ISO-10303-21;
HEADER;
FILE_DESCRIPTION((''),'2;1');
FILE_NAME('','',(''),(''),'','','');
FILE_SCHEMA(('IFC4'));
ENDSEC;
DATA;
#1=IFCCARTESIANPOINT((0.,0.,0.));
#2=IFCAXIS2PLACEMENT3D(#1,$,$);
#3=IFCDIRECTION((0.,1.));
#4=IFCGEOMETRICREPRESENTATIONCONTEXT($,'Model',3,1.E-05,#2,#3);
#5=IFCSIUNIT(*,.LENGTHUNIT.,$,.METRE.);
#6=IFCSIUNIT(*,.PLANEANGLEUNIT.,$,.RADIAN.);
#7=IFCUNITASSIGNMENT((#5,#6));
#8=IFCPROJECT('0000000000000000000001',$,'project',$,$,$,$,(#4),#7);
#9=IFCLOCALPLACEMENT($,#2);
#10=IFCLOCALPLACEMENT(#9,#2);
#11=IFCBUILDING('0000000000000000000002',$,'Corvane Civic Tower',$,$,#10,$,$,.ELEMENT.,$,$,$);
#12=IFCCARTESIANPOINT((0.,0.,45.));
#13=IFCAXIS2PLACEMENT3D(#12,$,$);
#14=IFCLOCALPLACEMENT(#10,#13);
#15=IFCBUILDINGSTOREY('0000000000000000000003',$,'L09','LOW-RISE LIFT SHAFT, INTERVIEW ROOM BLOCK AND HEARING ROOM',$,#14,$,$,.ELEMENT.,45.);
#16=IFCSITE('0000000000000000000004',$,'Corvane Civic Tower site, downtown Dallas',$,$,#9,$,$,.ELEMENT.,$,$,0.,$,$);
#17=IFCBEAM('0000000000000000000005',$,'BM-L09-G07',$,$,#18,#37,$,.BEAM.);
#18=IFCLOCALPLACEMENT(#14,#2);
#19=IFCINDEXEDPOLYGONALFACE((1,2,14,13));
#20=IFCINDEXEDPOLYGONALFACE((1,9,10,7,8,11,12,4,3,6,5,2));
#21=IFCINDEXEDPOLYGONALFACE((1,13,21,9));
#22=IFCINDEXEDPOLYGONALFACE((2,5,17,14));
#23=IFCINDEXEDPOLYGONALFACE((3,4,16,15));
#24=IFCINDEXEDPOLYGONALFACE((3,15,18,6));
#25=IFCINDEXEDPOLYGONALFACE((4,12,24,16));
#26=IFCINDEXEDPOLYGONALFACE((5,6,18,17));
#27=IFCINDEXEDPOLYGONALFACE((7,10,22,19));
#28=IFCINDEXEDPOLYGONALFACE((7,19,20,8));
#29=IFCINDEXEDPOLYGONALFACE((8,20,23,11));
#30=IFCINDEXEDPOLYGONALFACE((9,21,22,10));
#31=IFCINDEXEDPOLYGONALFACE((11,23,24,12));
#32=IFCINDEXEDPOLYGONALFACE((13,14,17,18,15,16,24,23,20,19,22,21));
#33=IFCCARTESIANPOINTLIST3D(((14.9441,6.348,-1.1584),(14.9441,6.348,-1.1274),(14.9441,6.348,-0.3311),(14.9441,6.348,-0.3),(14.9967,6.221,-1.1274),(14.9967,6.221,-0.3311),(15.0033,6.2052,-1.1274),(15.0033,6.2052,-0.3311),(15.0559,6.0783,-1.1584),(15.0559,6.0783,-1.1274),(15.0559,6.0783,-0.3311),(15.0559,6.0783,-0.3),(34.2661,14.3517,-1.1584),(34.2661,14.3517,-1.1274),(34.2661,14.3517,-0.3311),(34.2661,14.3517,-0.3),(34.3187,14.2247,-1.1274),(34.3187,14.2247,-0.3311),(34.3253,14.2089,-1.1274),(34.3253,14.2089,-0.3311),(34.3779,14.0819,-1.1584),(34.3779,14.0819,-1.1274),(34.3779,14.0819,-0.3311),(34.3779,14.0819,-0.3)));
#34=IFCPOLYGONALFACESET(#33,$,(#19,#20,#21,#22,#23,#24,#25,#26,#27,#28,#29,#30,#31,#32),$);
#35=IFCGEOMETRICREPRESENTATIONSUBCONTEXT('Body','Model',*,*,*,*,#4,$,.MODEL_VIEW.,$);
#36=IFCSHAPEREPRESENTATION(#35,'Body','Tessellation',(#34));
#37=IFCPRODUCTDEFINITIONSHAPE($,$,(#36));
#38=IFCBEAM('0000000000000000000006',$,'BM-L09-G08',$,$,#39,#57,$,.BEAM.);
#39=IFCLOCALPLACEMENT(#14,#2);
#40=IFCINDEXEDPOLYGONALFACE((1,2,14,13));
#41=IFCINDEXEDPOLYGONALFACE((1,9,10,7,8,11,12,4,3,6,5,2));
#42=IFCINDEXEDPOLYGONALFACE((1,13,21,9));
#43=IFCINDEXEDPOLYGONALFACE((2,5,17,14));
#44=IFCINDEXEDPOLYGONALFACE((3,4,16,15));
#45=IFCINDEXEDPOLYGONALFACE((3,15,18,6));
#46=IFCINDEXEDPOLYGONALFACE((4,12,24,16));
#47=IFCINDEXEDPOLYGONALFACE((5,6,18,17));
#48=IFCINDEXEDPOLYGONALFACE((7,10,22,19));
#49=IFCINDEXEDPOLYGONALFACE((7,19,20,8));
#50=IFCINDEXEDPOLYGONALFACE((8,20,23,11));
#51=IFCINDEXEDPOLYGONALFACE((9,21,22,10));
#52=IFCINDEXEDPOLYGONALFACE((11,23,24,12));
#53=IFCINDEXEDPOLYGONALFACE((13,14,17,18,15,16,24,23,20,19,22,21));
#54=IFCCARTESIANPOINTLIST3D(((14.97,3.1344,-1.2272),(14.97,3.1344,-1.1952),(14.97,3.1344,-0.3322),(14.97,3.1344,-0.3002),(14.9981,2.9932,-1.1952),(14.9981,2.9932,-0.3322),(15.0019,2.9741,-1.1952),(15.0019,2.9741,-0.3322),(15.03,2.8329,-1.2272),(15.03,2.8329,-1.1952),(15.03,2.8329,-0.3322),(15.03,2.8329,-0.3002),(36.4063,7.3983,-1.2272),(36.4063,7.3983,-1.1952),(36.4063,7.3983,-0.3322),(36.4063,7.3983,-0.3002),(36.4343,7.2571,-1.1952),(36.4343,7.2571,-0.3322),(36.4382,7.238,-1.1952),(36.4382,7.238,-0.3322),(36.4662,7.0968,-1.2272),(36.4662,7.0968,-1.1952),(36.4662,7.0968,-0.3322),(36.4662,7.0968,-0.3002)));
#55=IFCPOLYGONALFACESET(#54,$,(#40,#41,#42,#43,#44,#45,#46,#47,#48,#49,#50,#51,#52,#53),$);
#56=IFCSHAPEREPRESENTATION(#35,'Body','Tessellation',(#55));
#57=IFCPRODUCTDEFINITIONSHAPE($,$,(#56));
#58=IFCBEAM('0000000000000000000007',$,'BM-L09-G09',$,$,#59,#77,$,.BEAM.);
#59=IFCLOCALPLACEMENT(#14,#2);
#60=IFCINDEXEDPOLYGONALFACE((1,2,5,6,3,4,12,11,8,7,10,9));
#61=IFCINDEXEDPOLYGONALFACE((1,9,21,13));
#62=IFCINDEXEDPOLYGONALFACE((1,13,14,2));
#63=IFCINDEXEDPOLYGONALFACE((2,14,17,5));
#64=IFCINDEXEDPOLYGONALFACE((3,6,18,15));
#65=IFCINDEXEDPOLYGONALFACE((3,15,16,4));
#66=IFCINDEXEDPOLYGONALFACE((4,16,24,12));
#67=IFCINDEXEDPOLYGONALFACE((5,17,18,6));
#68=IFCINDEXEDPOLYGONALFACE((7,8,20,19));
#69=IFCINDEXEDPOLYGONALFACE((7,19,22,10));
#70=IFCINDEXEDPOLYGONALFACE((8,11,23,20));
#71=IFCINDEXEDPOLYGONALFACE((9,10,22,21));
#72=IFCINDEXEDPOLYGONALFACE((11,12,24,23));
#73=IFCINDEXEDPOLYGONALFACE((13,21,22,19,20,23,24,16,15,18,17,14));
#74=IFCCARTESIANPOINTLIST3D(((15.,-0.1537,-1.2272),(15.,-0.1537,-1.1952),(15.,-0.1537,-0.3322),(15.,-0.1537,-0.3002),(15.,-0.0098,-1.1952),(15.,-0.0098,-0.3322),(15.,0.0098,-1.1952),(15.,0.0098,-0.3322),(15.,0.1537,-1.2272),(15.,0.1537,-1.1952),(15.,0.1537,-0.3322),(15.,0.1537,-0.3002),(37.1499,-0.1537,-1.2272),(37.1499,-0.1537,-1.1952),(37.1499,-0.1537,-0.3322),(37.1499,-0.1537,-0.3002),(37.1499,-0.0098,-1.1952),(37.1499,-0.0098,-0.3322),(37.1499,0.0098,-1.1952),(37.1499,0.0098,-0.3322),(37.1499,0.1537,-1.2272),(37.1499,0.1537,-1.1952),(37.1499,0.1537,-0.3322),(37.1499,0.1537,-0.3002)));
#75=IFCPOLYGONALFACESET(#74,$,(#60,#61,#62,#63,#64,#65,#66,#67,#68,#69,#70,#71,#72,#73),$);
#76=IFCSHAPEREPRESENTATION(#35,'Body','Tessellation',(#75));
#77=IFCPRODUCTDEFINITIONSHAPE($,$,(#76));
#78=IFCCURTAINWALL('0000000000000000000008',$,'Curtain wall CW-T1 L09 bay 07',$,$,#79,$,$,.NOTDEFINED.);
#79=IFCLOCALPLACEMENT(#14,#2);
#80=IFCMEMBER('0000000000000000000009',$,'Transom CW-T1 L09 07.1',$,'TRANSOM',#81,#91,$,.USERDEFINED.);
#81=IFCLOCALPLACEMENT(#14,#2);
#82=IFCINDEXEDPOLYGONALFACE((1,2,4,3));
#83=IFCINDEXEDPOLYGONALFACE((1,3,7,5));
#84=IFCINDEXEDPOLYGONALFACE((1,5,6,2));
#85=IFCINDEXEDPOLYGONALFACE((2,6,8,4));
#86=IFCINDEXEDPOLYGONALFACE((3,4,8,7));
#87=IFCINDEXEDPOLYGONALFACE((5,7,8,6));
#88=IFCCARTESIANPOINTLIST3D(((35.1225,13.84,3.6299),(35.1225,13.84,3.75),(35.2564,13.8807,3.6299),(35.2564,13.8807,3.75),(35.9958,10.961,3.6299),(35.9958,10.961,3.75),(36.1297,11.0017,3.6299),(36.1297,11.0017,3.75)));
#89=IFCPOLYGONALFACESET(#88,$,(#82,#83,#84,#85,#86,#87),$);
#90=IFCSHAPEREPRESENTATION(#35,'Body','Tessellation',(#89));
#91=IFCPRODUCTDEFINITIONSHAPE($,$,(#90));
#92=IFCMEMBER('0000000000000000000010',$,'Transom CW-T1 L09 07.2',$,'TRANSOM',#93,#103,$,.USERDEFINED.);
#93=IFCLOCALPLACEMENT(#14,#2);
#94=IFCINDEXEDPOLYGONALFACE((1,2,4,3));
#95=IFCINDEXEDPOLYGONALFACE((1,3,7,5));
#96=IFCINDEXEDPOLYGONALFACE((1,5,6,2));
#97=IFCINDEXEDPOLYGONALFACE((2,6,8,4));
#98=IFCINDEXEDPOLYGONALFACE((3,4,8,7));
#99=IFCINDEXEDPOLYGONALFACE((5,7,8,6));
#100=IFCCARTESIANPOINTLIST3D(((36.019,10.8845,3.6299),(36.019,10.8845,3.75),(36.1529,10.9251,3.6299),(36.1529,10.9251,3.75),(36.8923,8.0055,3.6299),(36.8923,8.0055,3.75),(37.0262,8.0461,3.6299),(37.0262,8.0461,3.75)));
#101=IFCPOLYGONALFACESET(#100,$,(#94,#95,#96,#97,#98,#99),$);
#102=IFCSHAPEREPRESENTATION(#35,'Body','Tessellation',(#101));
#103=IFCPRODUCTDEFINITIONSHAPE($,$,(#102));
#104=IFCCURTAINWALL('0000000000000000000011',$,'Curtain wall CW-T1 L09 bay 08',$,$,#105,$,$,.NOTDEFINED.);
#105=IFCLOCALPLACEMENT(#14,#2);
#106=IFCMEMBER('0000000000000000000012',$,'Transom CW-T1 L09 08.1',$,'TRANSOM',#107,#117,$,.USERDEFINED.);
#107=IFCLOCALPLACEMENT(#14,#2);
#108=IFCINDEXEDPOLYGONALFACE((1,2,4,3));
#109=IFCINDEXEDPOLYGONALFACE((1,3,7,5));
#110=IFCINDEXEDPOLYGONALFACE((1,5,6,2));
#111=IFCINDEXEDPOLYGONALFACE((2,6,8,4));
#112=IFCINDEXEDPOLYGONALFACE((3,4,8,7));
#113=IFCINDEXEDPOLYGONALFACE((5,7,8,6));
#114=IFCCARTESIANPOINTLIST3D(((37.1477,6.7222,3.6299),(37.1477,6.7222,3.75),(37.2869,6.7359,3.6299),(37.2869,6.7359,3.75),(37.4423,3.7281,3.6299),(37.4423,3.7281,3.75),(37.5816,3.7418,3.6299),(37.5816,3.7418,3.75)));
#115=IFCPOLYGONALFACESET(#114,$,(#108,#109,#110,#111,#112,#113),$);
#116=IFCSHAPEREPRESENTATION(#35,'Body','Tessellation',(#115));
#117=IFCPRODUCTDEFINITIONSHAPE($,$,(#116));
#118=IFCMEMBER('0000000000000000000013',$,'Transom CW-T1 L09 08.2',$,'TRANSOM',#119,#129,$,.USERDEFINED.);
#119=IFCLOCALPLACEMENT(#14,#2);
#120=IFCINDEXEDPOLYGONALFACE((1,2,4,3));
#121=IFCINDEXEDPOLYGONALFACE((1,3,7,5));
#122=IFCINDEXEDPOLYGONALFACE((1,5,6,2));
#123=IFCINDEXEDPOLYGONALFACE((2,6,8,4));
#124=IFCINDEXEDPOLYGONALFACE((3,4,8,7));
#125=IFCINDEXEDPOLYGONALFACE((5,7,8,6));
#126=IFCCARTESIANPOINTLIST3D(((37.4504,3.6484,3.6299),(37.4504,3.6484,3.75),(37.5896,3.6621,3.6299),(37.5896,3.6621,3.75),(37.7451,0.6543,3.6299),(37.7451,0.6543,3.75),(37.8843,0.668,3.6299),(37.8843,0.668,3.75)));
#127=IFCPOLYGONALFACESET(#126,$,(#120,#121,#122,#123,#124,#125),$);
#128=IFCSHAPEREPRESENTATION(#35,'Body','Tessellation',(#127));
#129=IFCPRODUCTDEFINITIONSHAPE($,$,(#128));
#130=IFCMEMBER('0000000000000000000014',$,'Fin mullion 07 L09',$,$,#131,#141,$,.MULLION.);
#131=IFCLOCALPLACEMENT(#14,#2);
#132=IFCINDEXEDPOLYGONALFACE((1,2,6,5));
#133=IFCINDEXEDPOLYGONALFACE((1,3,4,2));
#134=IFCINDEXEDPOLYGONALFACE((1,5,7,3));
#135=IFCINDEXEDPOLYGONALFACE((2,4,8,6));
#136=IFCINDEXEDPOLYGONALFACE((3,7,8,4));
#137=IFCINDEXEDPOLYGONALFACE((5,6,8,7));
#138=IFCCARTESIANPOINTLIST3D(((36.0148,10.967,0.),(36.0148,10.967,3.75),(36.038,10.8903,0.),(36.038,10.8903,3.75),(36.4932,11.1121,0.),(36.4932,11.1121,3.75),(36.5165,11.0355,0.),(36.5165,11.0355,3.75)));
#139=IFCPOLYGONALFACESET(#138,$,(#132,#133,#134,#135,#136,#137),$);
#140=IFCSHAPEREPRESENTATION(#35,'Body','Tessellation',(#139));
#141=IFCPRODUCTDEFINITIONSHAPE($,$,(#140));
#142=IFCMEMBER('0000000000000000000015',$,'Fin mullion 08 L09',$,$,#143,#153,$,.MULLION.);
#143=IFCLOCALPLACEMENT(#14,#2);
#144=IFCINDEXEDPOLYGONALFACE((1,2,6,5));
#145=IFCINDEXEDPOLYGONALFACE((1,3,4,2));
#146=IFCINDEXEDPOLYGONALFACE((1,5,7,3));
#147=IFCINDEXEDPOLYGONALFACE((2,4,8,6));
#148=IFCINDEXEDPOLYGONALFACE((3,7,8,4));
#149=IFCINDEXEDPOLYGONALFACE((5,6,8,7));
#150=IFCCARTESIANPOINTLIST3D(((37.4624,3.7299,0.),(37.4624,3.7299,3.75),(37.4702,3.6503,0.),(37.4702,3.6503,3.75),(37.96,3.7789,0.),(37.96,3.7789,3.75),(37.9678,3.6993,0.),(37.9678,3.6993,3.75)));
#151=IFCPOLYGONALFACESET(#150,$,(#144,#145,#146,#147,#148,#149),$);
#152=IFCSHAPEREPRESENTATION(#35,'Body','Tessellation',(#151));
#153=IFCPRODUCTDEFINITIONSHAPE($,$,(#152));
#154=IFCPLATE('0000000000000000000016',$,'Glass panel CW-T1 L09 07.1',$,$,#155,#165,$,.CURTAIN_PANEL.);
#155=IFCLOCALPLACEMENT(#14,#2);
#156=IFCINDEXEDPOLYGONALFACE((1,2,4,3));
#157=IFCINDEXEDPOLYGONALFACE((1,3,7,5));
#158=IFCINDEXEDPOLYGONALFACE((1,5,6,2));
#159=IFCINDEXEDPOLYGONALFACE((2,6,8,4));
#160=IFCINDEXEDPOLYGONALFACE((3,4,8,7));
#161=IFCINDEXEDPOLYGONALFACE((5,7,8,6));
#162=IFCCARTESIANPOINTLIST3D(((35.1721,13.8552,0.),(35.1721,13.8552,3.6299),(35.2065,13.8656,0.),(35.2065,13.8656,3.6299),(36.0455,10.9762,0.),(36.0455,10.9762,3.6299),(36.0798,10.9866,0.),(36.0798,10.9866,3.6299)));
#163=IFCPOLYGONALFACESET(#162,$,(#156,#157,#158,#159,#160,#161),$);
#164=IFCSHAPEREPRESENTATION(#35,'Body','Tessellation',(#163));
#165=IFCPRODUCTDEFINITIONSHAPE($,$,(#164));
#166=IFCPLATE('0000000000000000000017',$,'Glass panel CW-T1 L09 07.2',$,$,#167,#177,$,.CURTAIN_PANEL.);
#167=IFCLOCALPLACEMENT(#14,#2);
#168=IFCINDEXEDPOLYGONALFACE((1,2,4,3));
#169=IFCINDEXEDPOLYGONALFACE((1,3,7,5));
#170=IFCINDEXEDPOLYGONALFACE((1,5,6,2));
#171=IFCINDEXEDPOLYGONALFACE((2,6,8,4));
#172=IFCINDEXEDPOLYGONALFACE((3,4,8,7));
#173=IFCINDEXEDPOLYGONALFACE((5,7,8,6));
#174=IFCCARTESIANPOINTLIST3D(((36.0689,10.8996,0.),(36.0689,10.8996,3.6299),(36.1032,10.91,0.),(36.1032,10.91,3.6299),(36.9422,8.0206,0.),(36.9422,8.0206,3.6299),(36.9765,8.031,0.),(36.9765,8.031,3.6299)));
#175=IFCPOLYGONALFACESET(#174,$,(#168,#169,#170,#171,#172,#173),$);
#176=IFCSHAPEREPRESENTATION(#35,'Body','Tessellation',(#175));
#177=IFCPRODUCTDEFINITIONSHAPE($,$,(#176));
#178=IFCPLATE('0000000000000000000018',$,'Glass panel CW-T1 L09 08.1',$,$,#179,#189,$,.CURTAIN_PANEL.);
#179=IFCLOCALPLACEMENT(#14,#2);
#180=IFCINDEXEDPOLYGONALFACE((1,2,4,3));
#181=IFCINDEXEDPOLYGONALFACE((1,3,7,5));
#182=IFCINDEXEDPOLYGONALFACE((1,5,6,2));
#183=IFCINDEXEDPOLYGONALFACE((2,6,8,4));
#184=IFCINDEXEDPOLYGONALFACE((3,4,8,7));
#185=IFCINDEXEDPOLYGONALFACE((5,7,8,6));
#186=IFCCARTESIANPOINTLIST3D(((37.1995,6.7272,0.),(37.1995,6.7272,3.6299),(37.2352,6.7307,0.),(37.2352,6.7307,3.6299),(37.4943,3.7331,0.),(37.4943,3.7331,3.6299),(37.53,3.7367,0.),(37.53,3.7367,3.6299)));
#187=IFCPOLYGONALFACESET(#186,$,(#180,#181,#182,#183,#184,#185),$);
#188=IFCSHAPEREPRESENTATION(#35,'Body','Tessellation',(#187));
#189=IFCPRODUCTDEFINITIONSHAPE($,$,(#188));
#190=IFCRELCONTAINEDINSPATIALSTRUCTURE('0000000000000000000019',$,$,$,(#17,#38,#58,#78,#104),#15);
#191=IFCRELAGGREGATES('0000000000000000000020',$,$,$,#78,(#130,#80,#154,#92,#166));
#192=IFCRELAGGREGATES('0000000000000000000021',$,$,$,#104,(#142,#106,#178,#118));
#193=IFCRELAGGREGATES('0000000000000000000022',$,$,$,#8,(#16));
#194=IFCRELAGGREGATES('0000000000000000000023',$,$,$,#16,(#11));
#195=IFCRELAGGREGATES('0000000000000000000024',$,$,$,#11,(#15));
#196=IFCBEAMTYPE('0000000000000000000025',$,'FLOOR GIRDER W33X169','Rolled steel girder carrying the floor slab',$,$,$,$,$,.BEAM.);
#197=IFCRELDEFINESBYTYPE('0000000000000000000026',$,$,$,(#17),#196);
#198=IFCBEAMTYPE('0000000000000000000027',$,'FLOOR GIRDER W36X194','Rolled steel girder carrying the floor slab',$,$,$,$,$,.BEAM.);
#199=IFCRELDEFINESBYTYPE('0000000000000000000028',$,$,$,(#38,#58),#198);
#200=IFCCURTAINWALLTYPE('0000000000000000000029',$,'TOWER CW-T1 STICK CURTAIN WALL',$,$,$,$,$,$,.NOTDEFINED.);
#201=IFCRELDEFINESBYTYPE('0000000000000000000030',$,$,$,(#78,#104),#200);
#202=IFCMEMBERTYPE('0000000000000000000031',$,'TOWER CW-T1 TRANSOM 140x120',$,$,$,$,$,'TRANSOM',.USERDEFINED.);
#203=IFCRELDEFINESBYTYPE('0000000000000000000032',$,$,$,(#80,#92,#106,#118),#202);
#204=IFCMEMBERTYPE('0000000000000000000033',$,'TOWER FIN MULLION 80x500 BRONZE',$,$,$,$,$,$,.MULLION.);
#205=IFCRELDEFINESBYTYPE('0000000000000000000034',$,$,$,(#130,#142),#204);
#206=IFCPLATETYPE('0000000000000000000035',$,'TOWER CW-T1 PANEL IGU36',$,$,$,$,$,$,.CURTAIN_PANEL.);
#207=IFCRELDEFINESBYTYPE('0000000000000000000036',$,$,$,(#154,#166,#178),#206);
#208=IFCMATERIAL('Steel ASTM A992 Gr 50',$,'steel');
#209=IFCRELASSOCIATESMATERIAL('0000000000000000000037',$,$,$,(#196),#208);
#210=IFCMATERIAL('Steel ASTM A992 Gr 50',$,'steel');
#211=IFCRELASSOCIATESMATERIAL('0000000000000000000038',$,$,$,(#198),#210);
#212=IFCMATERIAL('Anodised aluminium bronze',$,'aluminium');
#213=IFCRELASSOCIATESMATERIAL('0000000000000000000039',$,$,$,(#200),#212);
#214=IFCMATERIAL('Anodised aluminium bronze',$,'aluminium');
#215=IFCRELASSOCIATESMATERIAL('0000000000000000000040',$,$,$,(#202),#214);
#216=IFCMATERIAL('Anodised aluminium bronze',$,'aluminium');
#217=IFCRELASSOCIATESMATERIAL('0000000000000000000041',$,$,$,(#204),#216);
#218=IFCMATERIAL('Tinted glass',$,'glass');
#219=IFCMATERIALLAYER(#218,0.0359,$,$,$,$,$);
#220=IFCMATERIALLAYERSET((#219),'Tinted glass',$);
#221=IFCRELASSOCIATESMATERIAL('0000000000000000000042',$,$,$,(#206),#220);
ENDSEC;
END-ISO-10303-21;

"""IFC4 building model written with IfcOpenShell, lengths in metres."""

from ifc_helpers import new_model, si_unit, direction, frame, origin, origin_2d, place, context, subcontext, project, spatial, rectangle, i_section, extrude, material, layer, layer_set, material_profile, profile_set, type_object, element, aggregate, save


model = new_model("IFC4")

# Units and contexts
model_context = context("Model", 3, precision=1e-05, world=origin(), true_north=direction((0.0, 1.0)))
body_context = subcontext(model_context, "Body", "Model", "MODEL_VIEW")
ifc_project = project(units=[si_unit("LENGTHUNIT", "METRE"), si_unit("PLANEANGLEUNIT", "RADIAN")], contexts=[model_context])

# Site, building, storey
site_placement = place(None, origin())
site = spatial("IfcSite", under=ifc_project, at=site_placement, Name="Corvane Civic Tower site, downtown Dallas", CompositionType="ELEMENT", RefElevation=0.0)
building_placement = place(site_placement, origin())
building = spatial("IfcBuilding", under=site, at=building_placement, Name="Corvane Civic Tower", CompositionType="ELEMENT")
storey_placement = place(building_placement, frame((0.0, 0.0, 45.0)))
storey = spatial("IfcBuildingStorey", under=building, at=storey_placement, Name="L09", Description="LOW-RISE LIFT SHAFT, INTERVIEW ROOM BLOCK AND HEARING ROOM", CompositionType="ELEMENT", Elevation=45.0)

# Beams
ifc_material_1 = material(Name="Steel ASTM A992 Gr 50", Category="steel")
ifc_material_profile_1 = material_profile(ifc_material_1, i_section(OverallWidth=0.292, OverallDepth=0.8584, WebThickness=0.0171, FlangeThickness=0.031, at=origin_2d()), Name="W33X169")
ifc_profile_set_1 = profile_set([ifc_material_profile_1], Name="Steel ASTM A992 Gr 50")
beam_type_1 = type_object("IfcBeamType", Name="FLOOR GIRDER W33X169", Description="Rolled steel girder carrying the floor slab", PredefinedType="BEAM", material=ifc_profile_set_1)
beam_1_placement = place(storey_placement, frame((15.0, 6.2131, -0.7292), z_axis=(0.923876, 0.382692, 0.0), x_axis=(-0.382692, 0.923876, 0.0)))
element("IfcBeam", 1, at=beam_1_placement, inside=storey, type_object=beam_type_1, Name="BM-L09-G07", PredefinedType="BEAM", context=body_context, shape_type="SweptSolid", body=[
    extrude(i_section(OverallWidth=0.292, OverallDepth=0.8584, WebThickness=0.0171, FlangeThickness=0.031, at=origin_2d()), origin(), (0.0, 0.0, 1.0), 20.9141),
])
ifc_material_2 = material(Name="Steel ASTM A992 Gr 50", Category="steel")
ifc_material_profile_2 = material_profile(ifc_material_2, i_section(OverallWidth=0.3074, OverallDepth=0.927, WebThickness=0.0195, FlangeThickness=0.032, at=origin_2d()), Name="W36X194")
ifc_profile_set_2 = profile_set([ifc_material_profile_2], Name="Steel ASTM A992 Gr 50")
beam_type_2 = type_object("IfcBeamType", Name="FLOOR GIRDER W36X194", Description="Rolled steel girder carrying the floor slab", PredefinedType="BEAM", material=ifc_profile_set_2)
beam_2_placement = place(storey_placement, frame((15.0, 2.9836, -0.7637), z_axis=(0.980785, 0.195089, 0.0), x_axis=(-0.195089, 0.980785, 0.0)))
element("IfcBeam", 2, at=beam_2_placement, inside=storey, type_object=beam_type_2, Name="BM-L09-G08", PredefinedType="BEAM", context=body_context, shape_type="SweptSolid", body=[
    extrude(i_section(OverallWidth=0.3074, OverallDepth=0.927, WebThickness=0.0195, FlangeThickness=0.032, at=origin_2d()), origin(), (0.0, 0.0, 1.0), 21.8562),
])
beam_3_placement = place(storey_placement, frame((15.0, 0.0, -0.7637), z_axis=(1.0, 0.0, 0.0), x_axis=(0.0, 1.0, 0.0)))
element("IfcBeam", 3, at=beam_3_placement, inside=storey, type_object=beam_type_2, Name="BM-L09-G09", PredefinedType="BEAM", context=body_context, shape_type="SweptSolid", body=[
    extrude(i_section(OverallWidth=0.3074, OverallDepth=0.927, WebThickness=0.0195, FlangeThickness=0.032, at=origin_2d()), origin(), (0.0, 0.0, 1.0), 22.1499),
])

# Curtain walls, members
ifc_material_3 = material(Name="Anodised aluminium bronze", Category="aluminium")
curtain_wall_type = type_object("IfcCurtainWallType", Name="TOWER CW-T1 STICK CURTAIN WALL", PredefinedType="NOTDEFINED", material=ifc_material_3)
curtain_wall_1_placement = place(storey_placement, origin())
curtain_wall_1 = element("IfcCurtainWall", 4, at=curtain_wall_1_placement, inside=storey, type_object=curtain_wall_type, Name="Curtain wall CW-T1 L09 bay 07", PredefinedType="NOTDEFINED")
ifc_material_4 = material(Name="Anodised aluminium bronze", Category="aluminium")
ifc_material_profile_3 = material_profile(ifc_material_4, rectangle(XDim=0.1399, YDim=0.1201, at=origin_2d()), Name="TOWER CW-T1 TRANSOM 140x120")
ifc_profile_set_3 = profile_set([ifc_material_profile_3], Name="Anodised aluminium bronze")
member_type_1 = type_object("IfcMemberType", Name="TOWER CW-T1 TRANSOM 140x120", ElementType="TRANSOM", PredefinedType="USERDEFINED", material=ifc_profile_set_3)
member_1_placement = place(storey_placement, frame((35.1895, 13.8604, 3.6899), z_axis=(0.29028, -0.956942, 0.0), x_axis=(0.956942, 0.29028, 0.0)))
member_1 = element("IfcMember", 5, at=member_1_placement, type_object=member_type_1, Name="Transom CW-T1 L09 07.1", ObjectType="TRANSOM", PredefinedType="USERDEFINED", context=body_context, shape_type="SweptSolid", body=[
    extrude(rectangle(XDim=0.1399, YDim=0.1201, at=origin_2d()), origin(), (0.0, 0.0, 1.0), 3.0085),
])
member_2_placement = place(storey_placement, frame((36.0859, 10.9048, 3.6899), z_axis=(0.29028, -0.956942, 0.0), x_axis=(0.956942, 0.29028, 0.0)))
member_2 = element("IfcMember", 6, at=member_2_placement, type_object=member_type_1, Name="Transom CW-T1 L09 07.2", ObjectType="TRANSOM", PredefinedType="USERDEFINED", context=body_context, shape_type="SweptSolid", body=[
    extrude(rectangle(XDim=0.1399, YDim=0.1201, at=origin_2d()), origin(), (0.0, 0.0, 1.0), 3.0085),
])
curtain_wall_2_placement = place(storey_placement, origin())
curtain_wall_2 = element("IfcCurtainWall", 7, at=curtain_wall_2_placement, inside=storey, type_object=curtain_wall_type, Name="Curtain wall CW-T1 L09 bay 08", PredefinedType="NOTDEFINED")
member_3_placement = place(storey_placement, frame((37.2173, 6.729, 3.6899), z_axis=(0.097945, -0.995192, 0.0), x_axis=(0.995192, 0.097945, 0.0)))
member_3 = element("IfcMember", 8, at=member_3_placement, type_object=member_type_1, Name="Transom CW-T1 L09 08.1", ObjectType="TRANSOM", PredefinedType="USERDEFINED", context=body_context, shape_type="SweptSolid", body=[
    extrude(rectangle(XDim=0.1399, YDim=0.1201, at=origin_2d()), origin(), (0.0, 0.0, 1.0), 3.0085),
])
member_4_placement = place(storey_placement, frame((37.52, 3.6553, 3.6899), z_axis=(0.097945, -0.995192, 0.0), x_axis=(0.995192, 0.097945, 0.0)))
member_4 = element("IfcMember", 9, at=member_4_placement, type_object=member_type_1, Name="Transom CW-T1 L09 08.2", ObjectType="TRANSOM", PredefinedType="USERDEFINED", context=body_context, shape_type="SweptSolid", body=[
    extrude(rectangle(XDim=0.1399, YDim=0.1201, at=origin_2d()), origin(), (0.0, 0.0, 1.0), 3.0085),
])

# Members
ifc_material_5 = material(Name="Anodised aluminium bronze", Category="aluminium")
ifc_material_profile_4 = material_profile(ifc_material_5, rectangle(XDim=0.0801, YDim=0.5, at=origin_2d()), Name="TOWER FIN MULLION 80x500 BRONZE")
ifc_profile_set_4 = profile_set([ifc_material_profile_4], Name="Anodised aluminium bronze")
member_type_2 = type_object("IfcMemberType", Name="TOWER FIN MULLION 80x500 BRONZE", PredefinedType="MULLION", material=ifc_profile_set_4)
member_5_placement = place(storey_placement, frame((36.2656, 11.0012, 0.0), z_axis=(0.0, 0.0, 1.0), x_axis=(0.290278, -0.956942, 0.0)))
member_5 = element("IfcMember", 10, at=member_5_placement, type_object=member_type_2, Name="Fin mullion 07 L09", PredefinedType="MULLION", context=body_context, shape_type="SweptSolid", body=[
    extrude(rectangle(XDim=0.0801, YDim=0.5, at=origin_2d()), origin(), (0.0, 0.0, 1.0), 3.75),
])
member_6_placement = place(storey_placement, frame((37.7151, 3.7146, 0.0), z_axis=(0.0, 0.0, 1.0), x_axis=(0.098006, -0.995186, 0.0)))
member_6 = element("IfcMember", 11, at=member_6_placement, type_object=member_type_2, Name="Fin mullion 08 L09", PredefinedType="MULLION", context=body_context, shape_type="SweptSolid", body=[
    extrude(rectangle(XDim=0.0801, YDim=0.5, at=origin_2d()), origin(), (0.0, 0.0, 1.0), 3.75),
])

# Plates
ifc_material_6 = material(Name="Tinted glass", Category="glass")
ifc_layer_1 = layer(ifc_material_6, 0.0359)
ifc_layer_set_1 = layer_set([ifc_layer_1], Name="Tinted glass")
plate_type = type_object("IfcPlateType", Name="TOWER CW-T1 PANEL IGU36", PredefinedType="CURTAIN_PANEL", material=ifc_layer_set_1)
plate_1_placement = place(storey_placement, frame((35.626, 12.4209, 0.0), z_axis=(0.0, 0.0, 1.0), x_axis=(0.290278, -0.956942, 0.0)))
plate_1 = element("IfcPlate", 12, at=plate_1_placement, type_object=plate_type, Name="Glass panel CW-T1 L09 07.1", PredefinedType="CURTAIN_PANEL", context=body_context, shape_type="SweptSolid", body=[
    extrude(rectangle(XDim=3.0085, YDim=0.0359, at=origin_2d()), origin(), (0.0, 0.0, 1.0), 3.6299),
])
plate_2_placement = place(storey_placement, frame((36.5227, 9.4653, 0.0), z_axis=(0.0, 0.0, 1.0), x_axis=(0.290278, -0.956942, 0.0)))
plate_2 = element("IfcPlate", 13, at=plate_2_placement, type_object=plate_type, Name="Glass panel CW-T1 L09 07.2", PredefinedType="CURTAIN_PANEL", context=body_context, shape_type="SweptSolid", body=[
    extrude(rectangle(XDim=3.0085, YDim=0.0359, at=origin_2d()), origin(), (0.0, 0.0, 1.0), 3.6299),
])
aggregate(curtain_wall_1, [member_5, member_1, plate_1, member_2, plate_2])
plate_3_placement = place(storey_placement, frame((37.3647, 5.2319, 0.0), z_axis=(0.0, 0.0, 1.0), x_axis=(0.098006, -0.995186, 0.0)))
plate_3 = element("IfcPlate", 14, at=plate_3_placement, type_object=plate_type, Name="Glass panel CW-T1 L09 08.1", PredefinedType="CURTAIN_PANEL", context=body_context, shape_type="SweptSolid", body=[
    extrude(rectangle(XDim=3.0085, YDim=0.0359, at=origin_2d()), origin(), (0.0, 0.0, 1.0), 3.6299),
])
aggregate(curtain_wall_2, [member_6, member_3, plate_3, member_4])

save(model, "model.ifc")
